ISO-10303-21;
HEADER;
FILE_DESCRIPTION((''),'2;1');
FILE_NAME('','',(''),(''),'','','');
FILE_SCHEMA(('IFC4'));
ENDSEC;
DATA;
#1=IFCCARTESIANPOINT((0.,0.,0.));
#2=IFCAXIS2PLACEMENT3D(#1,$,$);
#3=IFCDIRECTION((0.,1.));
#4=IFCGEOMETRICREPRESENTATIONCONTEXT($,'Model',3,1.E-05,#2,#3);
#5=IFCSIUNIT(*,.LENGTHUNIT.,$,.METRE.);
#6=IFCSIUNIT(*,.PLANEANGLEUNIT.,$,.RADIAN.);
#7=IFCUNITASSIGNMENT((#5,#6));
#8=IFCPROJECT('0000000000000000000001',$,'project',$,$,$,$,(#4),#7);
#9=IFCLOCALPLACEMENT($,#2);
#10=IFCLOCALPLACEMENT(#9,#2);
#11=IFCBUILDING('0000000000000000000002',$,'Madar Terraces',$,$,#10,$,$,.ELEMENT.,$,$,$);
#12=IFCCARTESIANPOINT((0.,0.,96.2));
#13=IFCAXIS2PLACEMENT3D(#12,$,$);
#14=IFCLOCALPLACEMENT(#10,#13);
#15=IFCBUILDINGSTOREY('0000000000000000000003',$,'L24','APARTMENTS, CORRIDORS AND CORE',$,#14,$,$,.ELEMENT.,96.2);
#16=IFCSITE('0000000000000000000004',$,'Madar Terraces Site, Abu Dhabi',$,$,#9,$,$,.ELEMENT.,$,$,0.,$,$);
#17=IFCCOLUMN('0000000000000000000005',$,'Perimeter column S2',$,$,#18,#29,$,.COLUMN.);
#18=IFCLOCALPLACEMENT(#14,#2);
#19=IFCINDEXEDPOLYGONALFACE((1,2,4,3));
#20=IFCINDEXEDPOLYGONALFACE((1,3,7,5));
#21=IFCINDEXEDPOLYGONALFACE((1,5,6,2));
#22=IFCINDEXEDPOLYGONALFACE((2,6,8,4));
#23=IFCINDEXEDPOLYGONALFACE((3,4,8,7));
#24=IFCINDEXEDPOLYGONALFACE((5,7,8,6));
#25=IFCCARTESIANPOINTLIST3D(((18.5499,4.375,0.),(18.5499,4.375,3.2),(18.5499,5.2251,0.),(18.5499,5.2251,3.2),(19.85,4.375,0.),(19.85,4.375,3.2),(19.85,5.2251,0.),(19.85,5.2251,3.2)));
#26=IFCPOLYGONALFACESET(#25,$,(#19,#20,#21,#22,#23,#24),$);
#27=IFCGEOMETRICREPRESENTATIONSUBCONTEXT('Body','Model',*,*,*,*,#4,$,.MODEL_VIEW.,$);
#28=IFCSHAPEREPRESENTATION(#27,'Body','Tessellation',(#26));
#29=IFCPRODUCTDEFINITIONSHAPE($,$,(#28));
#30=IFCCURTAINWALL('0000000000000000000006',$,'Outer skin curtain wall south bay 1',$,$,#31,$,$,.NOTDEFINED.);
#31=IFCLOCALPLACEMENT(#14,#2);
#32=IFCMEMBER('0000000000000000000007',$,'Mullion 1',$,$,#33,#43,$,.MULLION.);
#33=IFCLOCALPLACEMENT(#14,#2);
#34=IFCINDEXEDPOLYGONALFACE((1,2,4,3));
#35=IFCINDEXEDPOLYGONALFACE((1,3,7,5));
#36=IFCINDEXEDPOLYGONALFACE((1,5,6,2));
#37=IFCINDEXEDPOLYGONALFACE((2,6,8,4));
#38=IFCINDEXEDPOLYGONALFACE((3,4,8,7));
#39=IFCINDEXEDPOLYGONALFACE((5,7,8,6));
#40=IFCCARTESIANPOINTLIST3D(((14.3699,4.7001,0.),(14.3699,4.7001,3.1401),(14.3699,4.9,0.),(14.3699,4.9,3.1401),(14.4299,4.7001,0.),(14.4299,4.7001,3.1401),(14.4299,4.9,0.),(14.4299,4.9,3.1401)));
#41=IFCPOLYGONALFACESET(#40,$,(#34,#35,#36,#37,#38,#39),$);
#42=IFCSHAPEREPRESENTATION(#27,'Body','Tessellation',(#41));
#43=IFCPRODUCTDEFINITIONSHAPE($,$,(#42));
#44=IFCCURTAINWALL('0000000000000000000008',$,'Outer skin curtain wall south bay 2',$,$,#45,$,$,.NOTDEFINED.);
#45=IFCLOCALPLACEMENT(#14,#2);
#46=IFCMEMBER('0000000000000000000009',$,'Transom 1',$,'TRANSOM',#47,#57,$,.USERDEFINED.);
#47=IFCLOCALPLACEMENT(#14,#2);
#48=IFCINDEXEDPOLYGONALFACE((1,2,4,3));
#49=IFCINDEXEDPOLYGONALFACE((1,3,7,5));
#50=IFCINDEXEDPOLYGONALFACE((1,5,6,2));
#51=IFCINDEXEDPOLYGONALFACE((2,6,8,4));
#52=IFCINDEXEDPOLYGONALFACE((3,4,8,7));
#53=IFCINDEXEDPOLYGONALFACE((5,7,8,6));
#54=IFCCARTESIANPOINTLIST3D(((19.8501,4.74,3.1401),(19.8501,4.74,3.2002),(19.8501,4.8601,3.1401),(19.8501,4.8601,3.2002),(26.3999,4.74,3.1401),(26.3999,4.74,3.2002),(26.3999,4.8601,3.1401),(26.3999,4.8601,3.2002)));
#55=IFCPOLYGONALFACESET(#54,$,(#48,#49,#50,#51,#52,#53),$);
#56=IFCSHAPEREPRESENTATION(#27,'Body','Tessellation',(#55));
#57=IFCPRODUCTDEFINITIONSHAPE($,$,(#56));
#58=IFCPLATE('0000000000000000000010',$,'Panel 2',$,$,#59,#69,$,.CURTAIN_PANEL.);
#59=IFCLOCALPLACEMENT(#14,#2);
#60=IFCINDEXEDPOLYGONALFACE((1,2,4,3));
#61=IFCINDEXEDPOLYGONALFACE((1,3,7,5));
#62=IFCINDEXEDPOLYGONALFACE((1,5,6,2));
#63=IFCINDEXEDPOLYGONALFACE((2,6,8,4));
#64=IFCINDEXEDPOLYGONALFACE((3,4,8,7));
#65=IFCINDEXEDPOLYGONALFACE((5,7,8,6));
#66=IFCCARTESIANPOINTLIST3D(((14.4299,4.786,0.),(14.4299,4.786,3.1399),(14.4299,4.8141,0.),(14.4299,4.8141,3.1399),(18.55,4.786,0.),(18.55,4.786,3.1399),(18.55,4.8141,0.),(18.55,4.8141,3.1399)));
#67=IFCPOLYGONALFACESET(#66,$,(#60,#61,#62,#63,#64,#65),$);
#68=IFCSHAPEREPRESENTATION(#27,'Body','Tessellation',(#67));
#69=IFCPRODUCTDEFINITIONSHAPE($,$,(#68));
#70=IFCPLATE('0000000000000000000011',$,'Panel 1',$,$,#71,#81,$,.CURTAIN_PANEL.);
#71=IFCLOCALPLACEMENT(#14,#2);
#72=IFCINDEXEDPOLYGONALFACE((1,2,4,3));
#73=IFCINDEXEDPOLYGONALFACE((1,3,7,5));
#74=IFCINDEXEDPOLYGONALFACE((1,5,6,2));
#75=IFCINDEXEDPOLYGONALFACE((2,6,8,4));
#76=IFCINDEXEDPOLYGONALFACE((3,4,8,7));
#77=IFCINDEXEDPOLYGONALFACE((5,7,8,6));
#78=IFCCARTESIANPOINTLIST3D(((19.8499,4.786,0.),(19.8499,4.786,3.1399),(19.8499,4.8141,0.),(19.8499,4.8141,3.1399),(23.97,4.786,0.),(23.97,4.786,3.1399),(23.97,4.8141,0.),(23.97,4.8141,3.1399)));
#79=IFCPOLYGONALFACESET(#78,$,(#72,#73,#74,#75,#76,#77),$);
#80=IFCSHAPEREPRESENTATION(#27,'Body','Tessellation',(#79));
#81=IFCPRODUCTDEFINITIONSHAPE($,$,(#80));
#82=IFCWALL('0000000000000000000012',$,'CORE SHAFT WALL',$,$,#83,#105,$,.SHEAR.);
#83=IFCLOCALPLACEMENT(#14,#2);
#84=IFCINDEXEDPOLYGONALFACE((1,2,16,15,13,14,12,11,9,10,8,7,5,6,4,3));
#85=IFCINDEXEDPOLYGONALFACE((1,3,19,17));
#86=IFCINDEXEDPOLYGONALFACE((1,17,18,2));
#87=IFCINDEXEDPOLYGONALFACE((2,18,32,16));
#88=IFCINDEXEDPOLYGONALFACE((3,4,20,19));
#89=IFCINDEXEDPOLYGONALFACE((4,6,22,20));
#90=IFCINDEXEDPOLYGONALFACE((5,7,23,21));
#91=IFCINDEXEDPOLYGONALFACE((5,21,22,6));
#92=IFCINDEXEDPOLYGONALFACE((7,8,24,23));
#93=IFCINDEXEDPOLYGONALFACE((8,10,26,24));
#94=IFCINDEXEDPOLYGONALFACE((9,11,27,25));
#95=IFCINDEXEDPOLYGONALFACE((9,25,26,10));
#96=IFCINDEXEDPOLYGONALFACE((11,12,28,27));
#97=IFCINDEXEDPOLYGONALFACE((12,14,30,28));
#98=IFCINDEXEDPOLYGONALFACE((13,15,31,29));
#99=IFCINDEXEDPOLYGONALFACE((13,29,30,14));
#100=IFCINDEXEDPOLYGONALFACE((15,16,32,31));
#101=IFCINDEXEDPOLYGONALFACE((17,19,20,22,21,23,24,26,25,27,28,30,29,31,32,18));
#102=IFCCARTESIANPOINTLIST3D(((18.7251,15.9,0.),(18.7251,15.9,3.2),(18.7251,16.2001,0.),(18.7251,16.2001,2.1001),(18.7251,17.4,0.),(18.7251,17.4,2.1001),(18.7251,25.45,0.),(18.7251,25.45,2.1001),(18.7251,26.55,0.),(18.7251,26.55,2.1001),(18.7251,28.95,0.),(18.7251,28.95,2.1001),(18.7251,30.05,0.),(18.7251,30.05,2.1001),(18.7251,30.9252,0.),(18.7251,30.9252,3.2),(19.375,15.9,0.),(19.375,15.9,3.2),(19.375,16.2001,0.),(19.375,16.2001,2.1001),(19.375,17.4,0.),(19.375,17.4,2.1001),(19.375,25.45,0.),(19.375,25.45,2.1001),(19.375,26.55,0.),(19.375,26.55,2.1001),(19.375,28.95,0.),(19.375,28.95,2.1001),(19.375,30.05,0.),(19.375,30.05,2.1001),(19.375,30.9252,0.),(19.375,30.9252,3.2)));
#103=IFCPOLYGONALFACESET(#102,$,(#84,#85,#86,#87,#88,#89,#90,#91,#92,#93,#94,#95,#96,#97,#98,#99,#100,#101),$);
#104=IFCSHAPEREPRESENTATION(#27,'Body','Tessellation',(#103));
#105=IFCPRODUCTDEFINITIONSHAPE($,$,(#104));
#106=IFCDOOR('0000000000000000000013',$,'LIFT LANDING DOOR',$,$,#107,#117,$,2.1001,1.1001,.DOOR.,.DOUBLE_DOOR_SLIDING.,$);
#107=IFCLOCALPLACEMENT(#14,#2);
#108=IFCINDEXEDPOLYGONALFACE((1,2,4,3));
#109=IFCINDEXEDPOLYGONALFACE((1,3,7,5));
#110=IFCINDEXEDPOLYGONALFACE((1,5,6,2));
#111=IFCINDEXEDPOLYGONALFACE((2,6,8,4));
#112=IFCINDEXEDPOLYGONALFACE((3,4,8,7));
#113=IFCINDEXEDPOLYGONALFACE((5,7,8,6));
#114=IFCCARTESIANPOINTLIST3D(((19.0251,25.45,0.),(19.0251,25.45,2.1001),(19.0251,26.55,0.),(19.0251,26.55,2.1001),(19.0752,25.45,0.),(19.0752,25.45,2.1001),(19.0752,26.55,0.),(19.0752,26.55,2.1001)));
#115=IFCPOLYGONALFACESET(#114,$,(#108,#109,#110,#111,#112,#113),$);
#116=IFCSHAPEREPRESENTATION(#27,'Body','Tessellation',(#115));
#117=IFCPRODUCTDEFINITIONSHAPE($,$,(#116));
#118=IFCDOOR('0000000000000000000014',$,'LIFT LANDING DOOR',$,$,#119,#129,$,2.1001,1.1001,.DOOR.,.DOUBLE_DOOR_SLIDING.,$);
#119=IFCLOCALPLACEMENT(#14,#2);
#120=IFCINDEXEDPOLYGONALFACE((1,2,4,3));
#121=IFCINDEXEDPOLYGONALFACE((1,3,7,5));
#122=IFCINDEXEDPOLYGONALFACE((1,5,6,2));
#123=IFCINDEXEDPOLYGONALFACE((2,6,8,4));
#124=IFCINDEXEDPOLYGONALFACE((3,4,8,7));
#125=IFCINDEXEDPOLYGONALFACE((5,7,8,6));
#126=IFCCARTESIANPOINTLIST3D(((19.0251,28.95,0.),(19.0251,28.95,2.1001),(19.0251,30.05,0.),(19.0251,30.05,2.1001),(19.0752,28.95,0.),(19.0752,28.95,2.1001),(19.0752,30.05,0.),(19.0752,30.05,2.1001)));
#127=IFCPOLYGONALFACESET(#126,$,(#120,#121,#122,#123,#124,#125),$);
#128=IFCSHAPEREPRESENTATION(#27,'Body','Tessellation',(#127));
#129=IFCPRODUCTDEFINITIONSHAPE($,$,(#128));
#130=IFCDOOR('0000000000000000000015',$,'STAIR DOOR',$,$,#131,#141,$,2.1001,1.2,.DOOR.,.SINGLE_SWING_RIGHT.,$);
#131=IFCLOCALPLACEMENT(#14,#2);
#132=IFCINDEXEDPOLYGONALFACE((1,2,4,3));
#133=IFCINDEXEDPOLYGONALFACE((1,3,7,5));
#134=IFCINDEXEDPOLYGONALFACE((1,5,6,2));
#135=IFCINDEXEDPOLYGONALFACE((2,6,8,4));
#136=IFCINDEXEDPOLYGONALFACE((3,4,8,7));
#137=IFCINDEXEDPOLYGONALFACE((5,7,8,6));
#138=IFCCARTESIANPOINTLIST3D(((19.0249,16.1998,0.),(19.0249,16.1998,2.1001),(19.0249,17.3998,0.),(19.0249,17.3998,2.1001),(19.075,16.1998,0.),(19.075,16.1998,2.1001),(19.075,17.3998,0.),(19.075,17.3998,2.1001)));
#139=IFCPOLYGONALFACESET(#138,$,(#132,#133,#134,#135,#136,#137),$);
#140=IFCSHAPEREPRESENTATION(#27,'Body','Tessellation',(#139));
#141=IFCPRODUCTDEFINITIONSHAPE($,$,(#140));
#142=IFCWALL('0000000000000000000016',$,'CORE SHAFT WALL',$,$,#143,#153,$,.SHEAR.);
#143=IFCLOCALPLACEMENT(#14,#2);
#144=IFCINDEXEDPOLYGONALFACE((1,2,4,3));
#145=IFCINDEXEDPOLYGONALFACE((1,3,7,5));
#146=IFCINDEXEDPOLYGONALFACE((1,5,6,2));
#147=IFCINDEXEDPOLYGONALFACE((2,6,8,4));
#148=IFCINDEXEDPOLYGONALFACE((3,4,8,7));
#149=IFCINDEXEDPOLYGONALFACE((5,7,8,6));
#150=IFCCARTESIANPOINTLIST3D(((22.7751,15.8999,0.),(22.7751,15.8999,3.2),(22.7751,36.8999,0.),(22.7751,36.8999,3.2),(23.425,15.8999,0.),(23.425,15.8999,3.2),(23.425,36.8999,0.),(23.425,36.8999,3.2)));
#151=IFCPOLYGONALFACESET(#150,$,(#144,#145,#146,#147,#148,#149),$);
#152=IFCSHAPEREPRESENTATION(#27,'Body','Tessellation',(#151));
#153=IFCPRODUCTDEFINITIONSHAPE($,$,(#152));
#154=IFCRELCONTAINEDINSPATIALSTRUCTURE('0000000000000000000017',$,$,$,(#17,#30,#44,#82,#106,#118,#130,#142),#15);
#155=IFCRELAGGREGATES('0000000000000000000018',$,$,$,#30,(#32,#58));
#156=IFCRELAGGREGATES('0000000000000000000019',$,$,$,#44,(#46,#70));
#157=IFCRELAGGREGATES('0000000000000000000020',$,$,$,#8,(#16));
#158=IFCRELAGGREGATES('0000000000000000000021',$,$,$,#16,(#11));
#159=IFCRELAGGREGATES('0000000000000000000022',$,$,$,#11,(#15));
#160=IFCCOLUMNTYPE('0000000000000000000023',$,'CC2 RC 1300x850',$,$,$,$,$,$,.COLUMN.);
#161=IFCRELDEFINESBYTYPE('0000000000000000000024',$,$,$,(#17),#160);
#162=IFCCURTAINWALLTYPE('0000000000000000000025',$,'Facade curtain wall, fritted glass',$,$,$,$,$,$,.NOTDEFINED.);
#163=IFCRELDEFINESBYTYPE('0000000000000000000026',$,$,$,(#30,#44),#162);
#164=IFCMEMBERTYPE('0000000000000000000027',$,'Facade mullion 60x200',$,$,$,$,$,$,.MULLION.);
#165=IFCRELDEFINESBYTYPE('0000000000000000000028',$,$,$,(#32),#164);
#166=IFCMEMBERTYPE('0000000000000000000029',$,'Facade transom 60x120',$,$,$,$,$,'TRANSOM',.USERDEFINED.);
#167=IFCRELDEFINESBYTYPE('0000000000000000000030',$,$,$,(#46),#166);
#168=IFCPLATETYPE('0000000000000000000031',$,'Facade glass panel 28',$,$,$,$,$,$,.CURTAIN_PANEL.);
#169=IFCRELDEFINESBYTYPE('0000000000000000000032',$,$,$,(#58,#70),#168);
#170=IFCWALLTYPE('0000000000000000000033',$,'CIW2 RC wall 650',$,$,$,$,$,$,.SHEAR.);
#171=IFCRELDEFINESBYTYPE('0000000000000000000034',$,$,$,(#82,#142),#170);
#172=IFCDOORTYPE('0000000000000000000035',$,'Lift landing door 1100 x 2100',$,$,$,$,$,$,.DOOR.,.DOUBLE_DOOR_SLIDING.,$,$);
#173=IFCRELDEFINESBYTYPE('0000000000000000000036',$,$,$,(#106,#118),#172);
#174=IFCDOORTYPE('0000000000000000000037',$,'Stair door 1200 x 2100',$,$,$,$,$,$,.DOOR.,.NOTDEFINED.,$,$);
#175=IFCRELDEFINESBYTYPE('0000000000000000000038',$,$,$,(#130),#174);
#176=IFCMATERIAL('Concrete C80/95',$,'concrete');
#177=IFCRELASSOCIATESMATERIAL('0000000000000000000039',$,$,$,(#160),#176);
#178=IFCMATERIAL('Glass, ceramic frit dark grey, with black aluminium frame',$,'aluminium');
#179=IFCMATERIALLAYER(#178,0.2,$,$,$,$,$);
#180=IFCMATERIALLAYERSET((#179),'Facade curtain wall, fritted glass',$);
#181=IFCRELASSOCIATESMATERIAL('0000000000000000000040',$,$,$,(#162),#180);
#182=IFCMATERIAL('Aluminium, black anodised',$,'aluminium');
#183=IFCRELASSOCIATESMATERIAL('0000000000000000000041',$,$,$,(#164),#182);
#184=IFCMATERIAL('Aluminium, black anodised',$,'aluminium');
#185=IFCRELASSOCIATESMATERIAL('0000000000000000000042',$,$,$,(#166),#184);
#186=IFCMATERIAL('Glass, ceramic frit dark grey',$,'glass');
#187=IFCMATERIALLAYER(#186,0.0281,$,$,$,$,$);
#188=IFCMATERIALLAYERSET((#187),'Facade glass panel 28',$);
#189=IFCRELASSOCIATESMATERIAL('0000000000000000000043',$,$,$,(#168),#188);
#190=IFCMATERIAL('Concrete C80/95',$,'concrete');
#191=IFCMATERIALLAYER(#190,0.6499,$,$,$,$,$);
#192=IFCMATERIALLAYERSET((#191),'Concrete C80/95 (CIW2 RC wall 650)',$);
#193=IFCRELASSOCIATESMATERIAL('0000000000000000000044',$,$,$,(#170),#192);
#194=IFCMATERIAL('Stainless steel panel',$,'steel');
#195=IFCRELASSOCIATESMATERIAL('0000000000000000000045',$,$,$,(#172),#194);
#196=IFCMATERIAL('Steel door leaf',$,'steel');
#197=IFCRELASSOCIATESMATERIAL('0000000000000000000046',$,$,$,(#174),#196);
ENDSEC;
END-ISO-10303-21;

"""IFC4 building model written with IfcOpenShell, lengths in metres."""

from ifc_helpers import new_model, si_unit, direction, frame, frame_2d, origin, origin_2d, place, context, subcontext, project, spatial, rectangle, extrude, material, layer, layer_set, material_profile, profile_set, type_object, element, fill, aggregate, save


model = new_model("IFC4")

# Units and contexts
model_context = context("Model", 3, precision=1e-05, world=origin(), true_north=direction((0.0, 1.0)))
body_context = subcontext(model_context, "Body", "Model", "MODEL_VIEW")
ifc_project = project(units=[si_unit("LENGTHUNIT", "METRE"), si_unit("PLANEANGLEUNIT", "RADIAN")], contexts=[model_context])

# Site, building, storey
site_placement = place(None, origin())
site = spatial("IfcSite", under=ifc_project, at=site_placement, Name="Madar Terraces Site, Abu Dhabi", CompositionType="ELEMENT", RefElevation=0.0)
building_placement = place(site_placement, origin())
building = spatial("IfcBuilding", under=site, at=building_placement, Name="Madar Terraces", CompositionType="ELEMENT")
storey_placement = place(building_placement, frame((0.0, 0.0, 96.2)))
storey = spatial("IfcBuildingStorey", under=building, at=storey_placement, Name="L24", Description="APARTMENTS, CORRIDORS AND CORE", CompositionType="ELEMENT", Elevation=96.2)

# Column
ifc_material_1 = material(Name="Concrete C80/95", Category="concrete")
ifc_material_profile_1 = material_profile(ifc_material_1, rectangle(XDim=1.3, YDim=0.8501, at=origin_2d()), Name="CC2 RC 1300x850")
ifc_profile_set_1 = profile_set([ifc_material_profile_1], Name="Concrete C80/95")
column_type = type_object("IfcColumnType", Name="CC2 RC 1300x850", PredefinedType="COLUMN", material=ifc_profile_set_1)
column_placement = place(storey_placement, frame((19.2, 4.8, 0.0), z_axis=(0.0, 0.0, 1.0), x_axis=(1.0, 0.0, 0.0)))
element("IfcColumn", 1, at=column_placement, inside=storey, type_object=column_type, Name="Perimeter column S2", PredefinedType="COLUMN", context=body_context, shape_type="SweptSolid", body=[
    extrude(rectangle(XDim=1.3, YDim=0.8501, at=origin_2d()), origin(), (0.0, 0.0, 1.0), 3.2),
])

# Curtain walls, members
ifc_material_2 = material(Name="Glass, ceramic frit dark grey, with black aluminium frame", Category="aluminium")
ifc_layer_1 = layer(ifc_material_2, 0.2)
ifc_layer_set_1 = layer_set([ifc_layer_1], Name="Facade curtain wall, fritted glass")
curtain_wall_type = type_object("IfcCurtainWallType", Name="Facade curtain wall, fritted glass", PredefinedType="NOTDEFINED", material=ifc_layer_set_1)
curtain_wall_1_placement = place(storey_placement, origin())
curtain_wall_1 = element("IfcCurtainWall", 2, at=curtain_wall_1_placement, inside=storey, type_object=curtain_wall_type, Name="Outer skin curtain wall south bay 1", PredefinedType="NOTDEFINED")
ifc_material_3 = material(Name="Aluminium, black anodised", Category="aluminium")
ifc_material_profile_2 = material_profile(ifc_material_3, rectangle(XDim=0.2, YDim=0.0601, at=origin_2d()), Name="Facade mullion 60x200")
ifc_profile_set_2 = profile_set([ifc_material_profile_2], Name="Aluminium, black anodised")
member_type_1 = type_object("IfcMemberType", Name="Facade mullion 60x200", PredefinedType="MULLION", material=ifc_profile_set_2)
member_1_placement = place(storey_placement, frame((14.3999, 4.8, 0.0), z_axis=(0.0, 0.0, 1.0), x_axis=(0.0, 1.0, 0.0)))
member_1 = element("IfcMember", 3, at=member_1_placement, type_object=member_type_1, Name="Mullion 1", PredefinedType="MULLION", context=body_context, shape_type="SweptSolid", body=[
    extrude(rectangle(XDim=0.2, YDim=0.0601, at=origin_2d()), origin(), (0.0, 0.0, 1.0), 3.1401),
])
curtain_wall_2_placement = place(storey_placement, origin())
curtain_wall_2 = element("IfcCurtainWall", 4, at=curtain_wall_2_placement, inside=storey, type_object=curtain_wall_type, Name="Outer skin curtain wall south bay 2", PredefinedType="NOTDEFINED")
ifc_material_4 = material(Name="Aluminium, black anodised", Category="aluminium")
ifc_material_profile_3 = material_profile(ifc_material_4, rectangle(XDim=0.1201, YDim=0.0601, at=origin_2d()), Name="Facade transom 60x120")
ifc_profile_set_3 = profile_set([ifc_material_profile_3], Name="Aluminium, black anodised")
member_type_2 = type_object("IfcMemberType", Name="Facade transom 60x120", ElementType="TRANSOM", PredefinedType="USERDEFINED", material=ifc_profile_set_3)
member_2_placement = place(storey_placement, frame((19.8501, 4.8, 3.1702), z_axis=(1.0, 0.0, 0.0), x_axis=(0.0, 1.0, 0.0)))
member_2 = element("IfcMember", 5, at=member_2_placement, type_object=member_type_2, Name="Transom 1", ObjectType="TRANSOM", PredefinedType="USERDEFINED", context=body_context, shape_type="SweptSolid", body=[
    extrude(rectangle(XDim=0.1201, YDim=0.0601, at=origin_2d()), origin(), (0.0, 0.0, 1.0), 6.5498),
])

# Plates
ifc_material_5 = material(Name="Glass, ceramic frit dark grey", Category="glass")
ifc_layer_2 = layer(ifc_material_5, 0.0281)
ifc_layer_set_2 = layer_set([ifc_layer_2], Name="Facade glass panel 28")
plate_type = type_object("IfcPlateType", Name="Facade glass panel 28", PredefinedType="CURTAIN_PANEL", material=ifc_layer_set_2)
plate_1_placement = place(storey_placement, frame((16.49, 4.8, 0.0), z_axis=(0.0, 0.0, 1.0), x_axis=(1.0, 0.0, 0.0)))
plate_1 = element("IfcPlate", 6, at=plate_1_placement, type_object=plate_type, Name="Panel 2", PredefinedType="CURTAIN_PANEL", context=body_context, shape_type="SweptSolid", body=[
    extrude(rectangle(XDim=4.1201, YDim=0.0281, at=origin_2d()), origin(), (0.0, 0.0, 1.0), 3.1399),
])
aggregate(curtain_wall_1, [member_1, plate_1])
plate_2_placement = place(storey_placement, frame((21.9099, 4.8, 0.0), z_axis=(0.0, 0.0, 1.0), x_axis=(1.0, 0.0, 0.0)))
plate_2 = element("IfcPlate", 7, at=plate_2_placement, type_object=plate_type, Name="Panel 1", PredefinedType="CURTAIN_PANEL", context=body_context, shape_type="SweptSolid", body=[
    extrude(rectangle(XDim=4.1201, YDim=0.0281, at=origin_2d()), origin(), (0.0, 0.0, 1.0), 3.1399),
])
aggregate(curtain_wall_2, [member_2, plate_2])

# Wall, openings, doors
ifc_material_6 = material(Name="Concrete C80/95", Category="concrete")
ifc_layer_3 = layer(ifc_material_6, 0.6499)
ifc_layer_set_3 = layer_set([ifc_layer_3], Name="Concrete C80/95 (CIW2 RC wall 650)")
wall_type_1 = type_object("IfcWallType", Name="CIW2 RC wall 650", PredefinedType="SHEAR", material=ifc_layer_set_3)
wall_1_placement = place(storey_placement, frame((19.05, 15.8999, 0.0), z_axis=(0.0, 0.0, 1.0), x_axis=(0.0, 1.0, 0.0)))
wall_1 = element("IfcWall", 8, at=wall_1_placement, inside=storey, type_object=wall_type_1, Name="CORE SHAFT WALL", PredefinedType="SHEAR", context=body_context, shape_type="SweptSolid", body=[
    extrude(rectangle(XDim=15.0251, YDim=0.6499, at=frame_2d((7.5127, 0.0))), origin(), (0.0, 0.0, 1.0), 3.2),
])
opening_1_placement = place(wall_1_placement, frame((9.55, 0.0, 0.0)))
opening_1 = element("IfcOpeningElement", 9, at=opening_1_placement, cuts=wall_1, PredefinedType="OPENING", context=body_context, shape_type="SweptSolid", body=[
    extrude(rectangle(XDim=1.1001, YDim=2.1001, at=frame_2d((0.55, 1.05))), frame((0.0, 0.335, 0.0), z_axis=(0.0, -1.0, 0.0), x_axis=(1.0, 0.0, 0.0)), (0.0, 0.0, 1.0), 0.6699),
])
opening_2_placement = place(wall_1_placement, frame((13.05, 0.0, 0.0)))
opening_2 = element("IfcOpeningElement", 10, at=opening_2_placement, cuts=wall_1, PredefinedType="OPENING", context=body_context, shape_type="SweptSolid", body=[
    extrude(rectangle(XDim=1.1001, YDim=2.1001, at=frame_2d((0.55, 1.05))), frame((0.0, 0.335, 0.0), z_axis=(0.0, -1.0, 0.0), x_axis=(1.0, 0.0, 0.0)), (0.0, 0.0, 1.0), 0.6699),
])
opening_3_placement = place(wall_1_placement, frame((0.3, 0.0, 0.0)))
opening_3 = element("IfcOpeningElement", 11, at=opening_3_placement, cuts=wall_1, PredefinedType="OPENING", context=body_context, shape_type="SweptSolid", body=[
    extrude(rectangle(XDim=1.2, YDim=2.1001, at=frame_2d((0.6001, 1.05))), frame((0.0, 0.335, 0.0), z_axis=(0.0, -1.0, 0.0), x_axis=(1.0, 0.0, 0.0)), (0.0, 0.0, 1.0), 0.6699),
])
ifc_material_7 = material(Name="Stainless steel panel", Category="steel")
door_type_1 = type_object("IfcDoorType", Name="Lift landing door 1100 x 2100", OperationType="DOUBLE_DOOR_SLIDING", PredefinedType="DOOR", material=ifc_material_7)
door_1_placement = place(opening_1_placement, origin())
door_1 = element("IfcDoor", 12, at=door_1_placement, inside=storey, type_object=door_type_1, Name="LIFT LANDING DOOR", OperationType="DOUBLE_DOOR_SLIDING", OverallHeight=2.1001, OverallWidth=1.1001, PredefinedType="DOOR", context=body_context, shape_type="SweptSolid", body=[
    extrude(rectangle(XDim=1.1001, YDim=2.1001, at=frame_2d((0.55, 1.05))), frame((0.0, 0.0249, 0.0), z_axis=(0.0, -1.0, 0.0), x_axis=(1.0, 0.0, 0.0)), (0.0, 0.0, 1.0), 0.05),
])
fill(opening_1, door_1)
door_2_placement = place(opening_2_placement, origin())
door_2 = element("IfcDoor", 13, at=door_2_placement, inside=storey, type_object=door_type_1, Name="LIFT LANDING DOOR", OperationType="DOUBLE_DOOR_SLIDING", OverallHeight=2.1001, OverallWidth=1.1001, PredefinedType="DOOR", context=body_context, shape_type="SweptSolid", body=[
    extrude(rectangle(XDim=1.1001, YDim=2.1001, at=frame_2d((0.55, 1.05))), frame((0.0, 0.0249, 0.0), z_axis=(0.0, -1.0, 0.0), x_axis=(1.0, 0.0, 0.0)), (0.0, 0.0, 1.0), 0.05),
])
fill(opening_2, door_2)
ifc_material_8 = material(Name="Steel door leaf", Category="steel")
door_type_2 = type_object("IfcDoorType", Name="Stair door 1200 x 2100", OperationType="NOTDEFINED", PredefinedType="DOOR", material=ifc_material_8)
door_3_placement = place(opening_3_placement, frame((1.2, 0.0, 0.0), z_axis=(0.0, 0.0, 1.0), x_axis=(-1.0, 0.0, 0.0)))
door_3 = element("IfcDoor", 14, at=door_3_placement, inside=storey, type_object=door_type_2, Name="STAIR DOOR", OperationType="SINGLE_SWING_RIGHT", OverallHeight=2.1001, OverallWidth=1.2, PredefinedType="DOOR", context=body_context, shape_type="SweptSolid", body=[
    extrude(rectangle(XDim=1.2, YDim=2.1001, at=frame_2d((0.6001, 1.05))), frame((0.0, 0.0249, 0.0), z_axis=(0.0, -1.0, 0.0), x_axis=(1.0, 0.0, 0.0)), (0.0, 0.0, 1.0), 0.05),
])
fill(opening_3, door_3)

# Wall
wall_2_placement = place(storey_placement, frame((23.1001, 15.8999, 0.0), z_axis=(0.0, 0.0, 1.0), x_axis=(0.0, 1.0, 0.0)))
element("IfcWall", 15, at=wall_2_placement, inside=storey, type_object=wall_type_1, Name="CORE SHAFT WALL", PredefinedType="SHEAR", context=body_context, shape_type="SweptSolid", body=[
    extrude(rectangle(XDim=21.0, YDim=0.6499, at=frame_2d((10.5, 0.0))), origin(), (0.0, 0.0, 1.0), 3.2),
])

save(model, "model.ifc")
